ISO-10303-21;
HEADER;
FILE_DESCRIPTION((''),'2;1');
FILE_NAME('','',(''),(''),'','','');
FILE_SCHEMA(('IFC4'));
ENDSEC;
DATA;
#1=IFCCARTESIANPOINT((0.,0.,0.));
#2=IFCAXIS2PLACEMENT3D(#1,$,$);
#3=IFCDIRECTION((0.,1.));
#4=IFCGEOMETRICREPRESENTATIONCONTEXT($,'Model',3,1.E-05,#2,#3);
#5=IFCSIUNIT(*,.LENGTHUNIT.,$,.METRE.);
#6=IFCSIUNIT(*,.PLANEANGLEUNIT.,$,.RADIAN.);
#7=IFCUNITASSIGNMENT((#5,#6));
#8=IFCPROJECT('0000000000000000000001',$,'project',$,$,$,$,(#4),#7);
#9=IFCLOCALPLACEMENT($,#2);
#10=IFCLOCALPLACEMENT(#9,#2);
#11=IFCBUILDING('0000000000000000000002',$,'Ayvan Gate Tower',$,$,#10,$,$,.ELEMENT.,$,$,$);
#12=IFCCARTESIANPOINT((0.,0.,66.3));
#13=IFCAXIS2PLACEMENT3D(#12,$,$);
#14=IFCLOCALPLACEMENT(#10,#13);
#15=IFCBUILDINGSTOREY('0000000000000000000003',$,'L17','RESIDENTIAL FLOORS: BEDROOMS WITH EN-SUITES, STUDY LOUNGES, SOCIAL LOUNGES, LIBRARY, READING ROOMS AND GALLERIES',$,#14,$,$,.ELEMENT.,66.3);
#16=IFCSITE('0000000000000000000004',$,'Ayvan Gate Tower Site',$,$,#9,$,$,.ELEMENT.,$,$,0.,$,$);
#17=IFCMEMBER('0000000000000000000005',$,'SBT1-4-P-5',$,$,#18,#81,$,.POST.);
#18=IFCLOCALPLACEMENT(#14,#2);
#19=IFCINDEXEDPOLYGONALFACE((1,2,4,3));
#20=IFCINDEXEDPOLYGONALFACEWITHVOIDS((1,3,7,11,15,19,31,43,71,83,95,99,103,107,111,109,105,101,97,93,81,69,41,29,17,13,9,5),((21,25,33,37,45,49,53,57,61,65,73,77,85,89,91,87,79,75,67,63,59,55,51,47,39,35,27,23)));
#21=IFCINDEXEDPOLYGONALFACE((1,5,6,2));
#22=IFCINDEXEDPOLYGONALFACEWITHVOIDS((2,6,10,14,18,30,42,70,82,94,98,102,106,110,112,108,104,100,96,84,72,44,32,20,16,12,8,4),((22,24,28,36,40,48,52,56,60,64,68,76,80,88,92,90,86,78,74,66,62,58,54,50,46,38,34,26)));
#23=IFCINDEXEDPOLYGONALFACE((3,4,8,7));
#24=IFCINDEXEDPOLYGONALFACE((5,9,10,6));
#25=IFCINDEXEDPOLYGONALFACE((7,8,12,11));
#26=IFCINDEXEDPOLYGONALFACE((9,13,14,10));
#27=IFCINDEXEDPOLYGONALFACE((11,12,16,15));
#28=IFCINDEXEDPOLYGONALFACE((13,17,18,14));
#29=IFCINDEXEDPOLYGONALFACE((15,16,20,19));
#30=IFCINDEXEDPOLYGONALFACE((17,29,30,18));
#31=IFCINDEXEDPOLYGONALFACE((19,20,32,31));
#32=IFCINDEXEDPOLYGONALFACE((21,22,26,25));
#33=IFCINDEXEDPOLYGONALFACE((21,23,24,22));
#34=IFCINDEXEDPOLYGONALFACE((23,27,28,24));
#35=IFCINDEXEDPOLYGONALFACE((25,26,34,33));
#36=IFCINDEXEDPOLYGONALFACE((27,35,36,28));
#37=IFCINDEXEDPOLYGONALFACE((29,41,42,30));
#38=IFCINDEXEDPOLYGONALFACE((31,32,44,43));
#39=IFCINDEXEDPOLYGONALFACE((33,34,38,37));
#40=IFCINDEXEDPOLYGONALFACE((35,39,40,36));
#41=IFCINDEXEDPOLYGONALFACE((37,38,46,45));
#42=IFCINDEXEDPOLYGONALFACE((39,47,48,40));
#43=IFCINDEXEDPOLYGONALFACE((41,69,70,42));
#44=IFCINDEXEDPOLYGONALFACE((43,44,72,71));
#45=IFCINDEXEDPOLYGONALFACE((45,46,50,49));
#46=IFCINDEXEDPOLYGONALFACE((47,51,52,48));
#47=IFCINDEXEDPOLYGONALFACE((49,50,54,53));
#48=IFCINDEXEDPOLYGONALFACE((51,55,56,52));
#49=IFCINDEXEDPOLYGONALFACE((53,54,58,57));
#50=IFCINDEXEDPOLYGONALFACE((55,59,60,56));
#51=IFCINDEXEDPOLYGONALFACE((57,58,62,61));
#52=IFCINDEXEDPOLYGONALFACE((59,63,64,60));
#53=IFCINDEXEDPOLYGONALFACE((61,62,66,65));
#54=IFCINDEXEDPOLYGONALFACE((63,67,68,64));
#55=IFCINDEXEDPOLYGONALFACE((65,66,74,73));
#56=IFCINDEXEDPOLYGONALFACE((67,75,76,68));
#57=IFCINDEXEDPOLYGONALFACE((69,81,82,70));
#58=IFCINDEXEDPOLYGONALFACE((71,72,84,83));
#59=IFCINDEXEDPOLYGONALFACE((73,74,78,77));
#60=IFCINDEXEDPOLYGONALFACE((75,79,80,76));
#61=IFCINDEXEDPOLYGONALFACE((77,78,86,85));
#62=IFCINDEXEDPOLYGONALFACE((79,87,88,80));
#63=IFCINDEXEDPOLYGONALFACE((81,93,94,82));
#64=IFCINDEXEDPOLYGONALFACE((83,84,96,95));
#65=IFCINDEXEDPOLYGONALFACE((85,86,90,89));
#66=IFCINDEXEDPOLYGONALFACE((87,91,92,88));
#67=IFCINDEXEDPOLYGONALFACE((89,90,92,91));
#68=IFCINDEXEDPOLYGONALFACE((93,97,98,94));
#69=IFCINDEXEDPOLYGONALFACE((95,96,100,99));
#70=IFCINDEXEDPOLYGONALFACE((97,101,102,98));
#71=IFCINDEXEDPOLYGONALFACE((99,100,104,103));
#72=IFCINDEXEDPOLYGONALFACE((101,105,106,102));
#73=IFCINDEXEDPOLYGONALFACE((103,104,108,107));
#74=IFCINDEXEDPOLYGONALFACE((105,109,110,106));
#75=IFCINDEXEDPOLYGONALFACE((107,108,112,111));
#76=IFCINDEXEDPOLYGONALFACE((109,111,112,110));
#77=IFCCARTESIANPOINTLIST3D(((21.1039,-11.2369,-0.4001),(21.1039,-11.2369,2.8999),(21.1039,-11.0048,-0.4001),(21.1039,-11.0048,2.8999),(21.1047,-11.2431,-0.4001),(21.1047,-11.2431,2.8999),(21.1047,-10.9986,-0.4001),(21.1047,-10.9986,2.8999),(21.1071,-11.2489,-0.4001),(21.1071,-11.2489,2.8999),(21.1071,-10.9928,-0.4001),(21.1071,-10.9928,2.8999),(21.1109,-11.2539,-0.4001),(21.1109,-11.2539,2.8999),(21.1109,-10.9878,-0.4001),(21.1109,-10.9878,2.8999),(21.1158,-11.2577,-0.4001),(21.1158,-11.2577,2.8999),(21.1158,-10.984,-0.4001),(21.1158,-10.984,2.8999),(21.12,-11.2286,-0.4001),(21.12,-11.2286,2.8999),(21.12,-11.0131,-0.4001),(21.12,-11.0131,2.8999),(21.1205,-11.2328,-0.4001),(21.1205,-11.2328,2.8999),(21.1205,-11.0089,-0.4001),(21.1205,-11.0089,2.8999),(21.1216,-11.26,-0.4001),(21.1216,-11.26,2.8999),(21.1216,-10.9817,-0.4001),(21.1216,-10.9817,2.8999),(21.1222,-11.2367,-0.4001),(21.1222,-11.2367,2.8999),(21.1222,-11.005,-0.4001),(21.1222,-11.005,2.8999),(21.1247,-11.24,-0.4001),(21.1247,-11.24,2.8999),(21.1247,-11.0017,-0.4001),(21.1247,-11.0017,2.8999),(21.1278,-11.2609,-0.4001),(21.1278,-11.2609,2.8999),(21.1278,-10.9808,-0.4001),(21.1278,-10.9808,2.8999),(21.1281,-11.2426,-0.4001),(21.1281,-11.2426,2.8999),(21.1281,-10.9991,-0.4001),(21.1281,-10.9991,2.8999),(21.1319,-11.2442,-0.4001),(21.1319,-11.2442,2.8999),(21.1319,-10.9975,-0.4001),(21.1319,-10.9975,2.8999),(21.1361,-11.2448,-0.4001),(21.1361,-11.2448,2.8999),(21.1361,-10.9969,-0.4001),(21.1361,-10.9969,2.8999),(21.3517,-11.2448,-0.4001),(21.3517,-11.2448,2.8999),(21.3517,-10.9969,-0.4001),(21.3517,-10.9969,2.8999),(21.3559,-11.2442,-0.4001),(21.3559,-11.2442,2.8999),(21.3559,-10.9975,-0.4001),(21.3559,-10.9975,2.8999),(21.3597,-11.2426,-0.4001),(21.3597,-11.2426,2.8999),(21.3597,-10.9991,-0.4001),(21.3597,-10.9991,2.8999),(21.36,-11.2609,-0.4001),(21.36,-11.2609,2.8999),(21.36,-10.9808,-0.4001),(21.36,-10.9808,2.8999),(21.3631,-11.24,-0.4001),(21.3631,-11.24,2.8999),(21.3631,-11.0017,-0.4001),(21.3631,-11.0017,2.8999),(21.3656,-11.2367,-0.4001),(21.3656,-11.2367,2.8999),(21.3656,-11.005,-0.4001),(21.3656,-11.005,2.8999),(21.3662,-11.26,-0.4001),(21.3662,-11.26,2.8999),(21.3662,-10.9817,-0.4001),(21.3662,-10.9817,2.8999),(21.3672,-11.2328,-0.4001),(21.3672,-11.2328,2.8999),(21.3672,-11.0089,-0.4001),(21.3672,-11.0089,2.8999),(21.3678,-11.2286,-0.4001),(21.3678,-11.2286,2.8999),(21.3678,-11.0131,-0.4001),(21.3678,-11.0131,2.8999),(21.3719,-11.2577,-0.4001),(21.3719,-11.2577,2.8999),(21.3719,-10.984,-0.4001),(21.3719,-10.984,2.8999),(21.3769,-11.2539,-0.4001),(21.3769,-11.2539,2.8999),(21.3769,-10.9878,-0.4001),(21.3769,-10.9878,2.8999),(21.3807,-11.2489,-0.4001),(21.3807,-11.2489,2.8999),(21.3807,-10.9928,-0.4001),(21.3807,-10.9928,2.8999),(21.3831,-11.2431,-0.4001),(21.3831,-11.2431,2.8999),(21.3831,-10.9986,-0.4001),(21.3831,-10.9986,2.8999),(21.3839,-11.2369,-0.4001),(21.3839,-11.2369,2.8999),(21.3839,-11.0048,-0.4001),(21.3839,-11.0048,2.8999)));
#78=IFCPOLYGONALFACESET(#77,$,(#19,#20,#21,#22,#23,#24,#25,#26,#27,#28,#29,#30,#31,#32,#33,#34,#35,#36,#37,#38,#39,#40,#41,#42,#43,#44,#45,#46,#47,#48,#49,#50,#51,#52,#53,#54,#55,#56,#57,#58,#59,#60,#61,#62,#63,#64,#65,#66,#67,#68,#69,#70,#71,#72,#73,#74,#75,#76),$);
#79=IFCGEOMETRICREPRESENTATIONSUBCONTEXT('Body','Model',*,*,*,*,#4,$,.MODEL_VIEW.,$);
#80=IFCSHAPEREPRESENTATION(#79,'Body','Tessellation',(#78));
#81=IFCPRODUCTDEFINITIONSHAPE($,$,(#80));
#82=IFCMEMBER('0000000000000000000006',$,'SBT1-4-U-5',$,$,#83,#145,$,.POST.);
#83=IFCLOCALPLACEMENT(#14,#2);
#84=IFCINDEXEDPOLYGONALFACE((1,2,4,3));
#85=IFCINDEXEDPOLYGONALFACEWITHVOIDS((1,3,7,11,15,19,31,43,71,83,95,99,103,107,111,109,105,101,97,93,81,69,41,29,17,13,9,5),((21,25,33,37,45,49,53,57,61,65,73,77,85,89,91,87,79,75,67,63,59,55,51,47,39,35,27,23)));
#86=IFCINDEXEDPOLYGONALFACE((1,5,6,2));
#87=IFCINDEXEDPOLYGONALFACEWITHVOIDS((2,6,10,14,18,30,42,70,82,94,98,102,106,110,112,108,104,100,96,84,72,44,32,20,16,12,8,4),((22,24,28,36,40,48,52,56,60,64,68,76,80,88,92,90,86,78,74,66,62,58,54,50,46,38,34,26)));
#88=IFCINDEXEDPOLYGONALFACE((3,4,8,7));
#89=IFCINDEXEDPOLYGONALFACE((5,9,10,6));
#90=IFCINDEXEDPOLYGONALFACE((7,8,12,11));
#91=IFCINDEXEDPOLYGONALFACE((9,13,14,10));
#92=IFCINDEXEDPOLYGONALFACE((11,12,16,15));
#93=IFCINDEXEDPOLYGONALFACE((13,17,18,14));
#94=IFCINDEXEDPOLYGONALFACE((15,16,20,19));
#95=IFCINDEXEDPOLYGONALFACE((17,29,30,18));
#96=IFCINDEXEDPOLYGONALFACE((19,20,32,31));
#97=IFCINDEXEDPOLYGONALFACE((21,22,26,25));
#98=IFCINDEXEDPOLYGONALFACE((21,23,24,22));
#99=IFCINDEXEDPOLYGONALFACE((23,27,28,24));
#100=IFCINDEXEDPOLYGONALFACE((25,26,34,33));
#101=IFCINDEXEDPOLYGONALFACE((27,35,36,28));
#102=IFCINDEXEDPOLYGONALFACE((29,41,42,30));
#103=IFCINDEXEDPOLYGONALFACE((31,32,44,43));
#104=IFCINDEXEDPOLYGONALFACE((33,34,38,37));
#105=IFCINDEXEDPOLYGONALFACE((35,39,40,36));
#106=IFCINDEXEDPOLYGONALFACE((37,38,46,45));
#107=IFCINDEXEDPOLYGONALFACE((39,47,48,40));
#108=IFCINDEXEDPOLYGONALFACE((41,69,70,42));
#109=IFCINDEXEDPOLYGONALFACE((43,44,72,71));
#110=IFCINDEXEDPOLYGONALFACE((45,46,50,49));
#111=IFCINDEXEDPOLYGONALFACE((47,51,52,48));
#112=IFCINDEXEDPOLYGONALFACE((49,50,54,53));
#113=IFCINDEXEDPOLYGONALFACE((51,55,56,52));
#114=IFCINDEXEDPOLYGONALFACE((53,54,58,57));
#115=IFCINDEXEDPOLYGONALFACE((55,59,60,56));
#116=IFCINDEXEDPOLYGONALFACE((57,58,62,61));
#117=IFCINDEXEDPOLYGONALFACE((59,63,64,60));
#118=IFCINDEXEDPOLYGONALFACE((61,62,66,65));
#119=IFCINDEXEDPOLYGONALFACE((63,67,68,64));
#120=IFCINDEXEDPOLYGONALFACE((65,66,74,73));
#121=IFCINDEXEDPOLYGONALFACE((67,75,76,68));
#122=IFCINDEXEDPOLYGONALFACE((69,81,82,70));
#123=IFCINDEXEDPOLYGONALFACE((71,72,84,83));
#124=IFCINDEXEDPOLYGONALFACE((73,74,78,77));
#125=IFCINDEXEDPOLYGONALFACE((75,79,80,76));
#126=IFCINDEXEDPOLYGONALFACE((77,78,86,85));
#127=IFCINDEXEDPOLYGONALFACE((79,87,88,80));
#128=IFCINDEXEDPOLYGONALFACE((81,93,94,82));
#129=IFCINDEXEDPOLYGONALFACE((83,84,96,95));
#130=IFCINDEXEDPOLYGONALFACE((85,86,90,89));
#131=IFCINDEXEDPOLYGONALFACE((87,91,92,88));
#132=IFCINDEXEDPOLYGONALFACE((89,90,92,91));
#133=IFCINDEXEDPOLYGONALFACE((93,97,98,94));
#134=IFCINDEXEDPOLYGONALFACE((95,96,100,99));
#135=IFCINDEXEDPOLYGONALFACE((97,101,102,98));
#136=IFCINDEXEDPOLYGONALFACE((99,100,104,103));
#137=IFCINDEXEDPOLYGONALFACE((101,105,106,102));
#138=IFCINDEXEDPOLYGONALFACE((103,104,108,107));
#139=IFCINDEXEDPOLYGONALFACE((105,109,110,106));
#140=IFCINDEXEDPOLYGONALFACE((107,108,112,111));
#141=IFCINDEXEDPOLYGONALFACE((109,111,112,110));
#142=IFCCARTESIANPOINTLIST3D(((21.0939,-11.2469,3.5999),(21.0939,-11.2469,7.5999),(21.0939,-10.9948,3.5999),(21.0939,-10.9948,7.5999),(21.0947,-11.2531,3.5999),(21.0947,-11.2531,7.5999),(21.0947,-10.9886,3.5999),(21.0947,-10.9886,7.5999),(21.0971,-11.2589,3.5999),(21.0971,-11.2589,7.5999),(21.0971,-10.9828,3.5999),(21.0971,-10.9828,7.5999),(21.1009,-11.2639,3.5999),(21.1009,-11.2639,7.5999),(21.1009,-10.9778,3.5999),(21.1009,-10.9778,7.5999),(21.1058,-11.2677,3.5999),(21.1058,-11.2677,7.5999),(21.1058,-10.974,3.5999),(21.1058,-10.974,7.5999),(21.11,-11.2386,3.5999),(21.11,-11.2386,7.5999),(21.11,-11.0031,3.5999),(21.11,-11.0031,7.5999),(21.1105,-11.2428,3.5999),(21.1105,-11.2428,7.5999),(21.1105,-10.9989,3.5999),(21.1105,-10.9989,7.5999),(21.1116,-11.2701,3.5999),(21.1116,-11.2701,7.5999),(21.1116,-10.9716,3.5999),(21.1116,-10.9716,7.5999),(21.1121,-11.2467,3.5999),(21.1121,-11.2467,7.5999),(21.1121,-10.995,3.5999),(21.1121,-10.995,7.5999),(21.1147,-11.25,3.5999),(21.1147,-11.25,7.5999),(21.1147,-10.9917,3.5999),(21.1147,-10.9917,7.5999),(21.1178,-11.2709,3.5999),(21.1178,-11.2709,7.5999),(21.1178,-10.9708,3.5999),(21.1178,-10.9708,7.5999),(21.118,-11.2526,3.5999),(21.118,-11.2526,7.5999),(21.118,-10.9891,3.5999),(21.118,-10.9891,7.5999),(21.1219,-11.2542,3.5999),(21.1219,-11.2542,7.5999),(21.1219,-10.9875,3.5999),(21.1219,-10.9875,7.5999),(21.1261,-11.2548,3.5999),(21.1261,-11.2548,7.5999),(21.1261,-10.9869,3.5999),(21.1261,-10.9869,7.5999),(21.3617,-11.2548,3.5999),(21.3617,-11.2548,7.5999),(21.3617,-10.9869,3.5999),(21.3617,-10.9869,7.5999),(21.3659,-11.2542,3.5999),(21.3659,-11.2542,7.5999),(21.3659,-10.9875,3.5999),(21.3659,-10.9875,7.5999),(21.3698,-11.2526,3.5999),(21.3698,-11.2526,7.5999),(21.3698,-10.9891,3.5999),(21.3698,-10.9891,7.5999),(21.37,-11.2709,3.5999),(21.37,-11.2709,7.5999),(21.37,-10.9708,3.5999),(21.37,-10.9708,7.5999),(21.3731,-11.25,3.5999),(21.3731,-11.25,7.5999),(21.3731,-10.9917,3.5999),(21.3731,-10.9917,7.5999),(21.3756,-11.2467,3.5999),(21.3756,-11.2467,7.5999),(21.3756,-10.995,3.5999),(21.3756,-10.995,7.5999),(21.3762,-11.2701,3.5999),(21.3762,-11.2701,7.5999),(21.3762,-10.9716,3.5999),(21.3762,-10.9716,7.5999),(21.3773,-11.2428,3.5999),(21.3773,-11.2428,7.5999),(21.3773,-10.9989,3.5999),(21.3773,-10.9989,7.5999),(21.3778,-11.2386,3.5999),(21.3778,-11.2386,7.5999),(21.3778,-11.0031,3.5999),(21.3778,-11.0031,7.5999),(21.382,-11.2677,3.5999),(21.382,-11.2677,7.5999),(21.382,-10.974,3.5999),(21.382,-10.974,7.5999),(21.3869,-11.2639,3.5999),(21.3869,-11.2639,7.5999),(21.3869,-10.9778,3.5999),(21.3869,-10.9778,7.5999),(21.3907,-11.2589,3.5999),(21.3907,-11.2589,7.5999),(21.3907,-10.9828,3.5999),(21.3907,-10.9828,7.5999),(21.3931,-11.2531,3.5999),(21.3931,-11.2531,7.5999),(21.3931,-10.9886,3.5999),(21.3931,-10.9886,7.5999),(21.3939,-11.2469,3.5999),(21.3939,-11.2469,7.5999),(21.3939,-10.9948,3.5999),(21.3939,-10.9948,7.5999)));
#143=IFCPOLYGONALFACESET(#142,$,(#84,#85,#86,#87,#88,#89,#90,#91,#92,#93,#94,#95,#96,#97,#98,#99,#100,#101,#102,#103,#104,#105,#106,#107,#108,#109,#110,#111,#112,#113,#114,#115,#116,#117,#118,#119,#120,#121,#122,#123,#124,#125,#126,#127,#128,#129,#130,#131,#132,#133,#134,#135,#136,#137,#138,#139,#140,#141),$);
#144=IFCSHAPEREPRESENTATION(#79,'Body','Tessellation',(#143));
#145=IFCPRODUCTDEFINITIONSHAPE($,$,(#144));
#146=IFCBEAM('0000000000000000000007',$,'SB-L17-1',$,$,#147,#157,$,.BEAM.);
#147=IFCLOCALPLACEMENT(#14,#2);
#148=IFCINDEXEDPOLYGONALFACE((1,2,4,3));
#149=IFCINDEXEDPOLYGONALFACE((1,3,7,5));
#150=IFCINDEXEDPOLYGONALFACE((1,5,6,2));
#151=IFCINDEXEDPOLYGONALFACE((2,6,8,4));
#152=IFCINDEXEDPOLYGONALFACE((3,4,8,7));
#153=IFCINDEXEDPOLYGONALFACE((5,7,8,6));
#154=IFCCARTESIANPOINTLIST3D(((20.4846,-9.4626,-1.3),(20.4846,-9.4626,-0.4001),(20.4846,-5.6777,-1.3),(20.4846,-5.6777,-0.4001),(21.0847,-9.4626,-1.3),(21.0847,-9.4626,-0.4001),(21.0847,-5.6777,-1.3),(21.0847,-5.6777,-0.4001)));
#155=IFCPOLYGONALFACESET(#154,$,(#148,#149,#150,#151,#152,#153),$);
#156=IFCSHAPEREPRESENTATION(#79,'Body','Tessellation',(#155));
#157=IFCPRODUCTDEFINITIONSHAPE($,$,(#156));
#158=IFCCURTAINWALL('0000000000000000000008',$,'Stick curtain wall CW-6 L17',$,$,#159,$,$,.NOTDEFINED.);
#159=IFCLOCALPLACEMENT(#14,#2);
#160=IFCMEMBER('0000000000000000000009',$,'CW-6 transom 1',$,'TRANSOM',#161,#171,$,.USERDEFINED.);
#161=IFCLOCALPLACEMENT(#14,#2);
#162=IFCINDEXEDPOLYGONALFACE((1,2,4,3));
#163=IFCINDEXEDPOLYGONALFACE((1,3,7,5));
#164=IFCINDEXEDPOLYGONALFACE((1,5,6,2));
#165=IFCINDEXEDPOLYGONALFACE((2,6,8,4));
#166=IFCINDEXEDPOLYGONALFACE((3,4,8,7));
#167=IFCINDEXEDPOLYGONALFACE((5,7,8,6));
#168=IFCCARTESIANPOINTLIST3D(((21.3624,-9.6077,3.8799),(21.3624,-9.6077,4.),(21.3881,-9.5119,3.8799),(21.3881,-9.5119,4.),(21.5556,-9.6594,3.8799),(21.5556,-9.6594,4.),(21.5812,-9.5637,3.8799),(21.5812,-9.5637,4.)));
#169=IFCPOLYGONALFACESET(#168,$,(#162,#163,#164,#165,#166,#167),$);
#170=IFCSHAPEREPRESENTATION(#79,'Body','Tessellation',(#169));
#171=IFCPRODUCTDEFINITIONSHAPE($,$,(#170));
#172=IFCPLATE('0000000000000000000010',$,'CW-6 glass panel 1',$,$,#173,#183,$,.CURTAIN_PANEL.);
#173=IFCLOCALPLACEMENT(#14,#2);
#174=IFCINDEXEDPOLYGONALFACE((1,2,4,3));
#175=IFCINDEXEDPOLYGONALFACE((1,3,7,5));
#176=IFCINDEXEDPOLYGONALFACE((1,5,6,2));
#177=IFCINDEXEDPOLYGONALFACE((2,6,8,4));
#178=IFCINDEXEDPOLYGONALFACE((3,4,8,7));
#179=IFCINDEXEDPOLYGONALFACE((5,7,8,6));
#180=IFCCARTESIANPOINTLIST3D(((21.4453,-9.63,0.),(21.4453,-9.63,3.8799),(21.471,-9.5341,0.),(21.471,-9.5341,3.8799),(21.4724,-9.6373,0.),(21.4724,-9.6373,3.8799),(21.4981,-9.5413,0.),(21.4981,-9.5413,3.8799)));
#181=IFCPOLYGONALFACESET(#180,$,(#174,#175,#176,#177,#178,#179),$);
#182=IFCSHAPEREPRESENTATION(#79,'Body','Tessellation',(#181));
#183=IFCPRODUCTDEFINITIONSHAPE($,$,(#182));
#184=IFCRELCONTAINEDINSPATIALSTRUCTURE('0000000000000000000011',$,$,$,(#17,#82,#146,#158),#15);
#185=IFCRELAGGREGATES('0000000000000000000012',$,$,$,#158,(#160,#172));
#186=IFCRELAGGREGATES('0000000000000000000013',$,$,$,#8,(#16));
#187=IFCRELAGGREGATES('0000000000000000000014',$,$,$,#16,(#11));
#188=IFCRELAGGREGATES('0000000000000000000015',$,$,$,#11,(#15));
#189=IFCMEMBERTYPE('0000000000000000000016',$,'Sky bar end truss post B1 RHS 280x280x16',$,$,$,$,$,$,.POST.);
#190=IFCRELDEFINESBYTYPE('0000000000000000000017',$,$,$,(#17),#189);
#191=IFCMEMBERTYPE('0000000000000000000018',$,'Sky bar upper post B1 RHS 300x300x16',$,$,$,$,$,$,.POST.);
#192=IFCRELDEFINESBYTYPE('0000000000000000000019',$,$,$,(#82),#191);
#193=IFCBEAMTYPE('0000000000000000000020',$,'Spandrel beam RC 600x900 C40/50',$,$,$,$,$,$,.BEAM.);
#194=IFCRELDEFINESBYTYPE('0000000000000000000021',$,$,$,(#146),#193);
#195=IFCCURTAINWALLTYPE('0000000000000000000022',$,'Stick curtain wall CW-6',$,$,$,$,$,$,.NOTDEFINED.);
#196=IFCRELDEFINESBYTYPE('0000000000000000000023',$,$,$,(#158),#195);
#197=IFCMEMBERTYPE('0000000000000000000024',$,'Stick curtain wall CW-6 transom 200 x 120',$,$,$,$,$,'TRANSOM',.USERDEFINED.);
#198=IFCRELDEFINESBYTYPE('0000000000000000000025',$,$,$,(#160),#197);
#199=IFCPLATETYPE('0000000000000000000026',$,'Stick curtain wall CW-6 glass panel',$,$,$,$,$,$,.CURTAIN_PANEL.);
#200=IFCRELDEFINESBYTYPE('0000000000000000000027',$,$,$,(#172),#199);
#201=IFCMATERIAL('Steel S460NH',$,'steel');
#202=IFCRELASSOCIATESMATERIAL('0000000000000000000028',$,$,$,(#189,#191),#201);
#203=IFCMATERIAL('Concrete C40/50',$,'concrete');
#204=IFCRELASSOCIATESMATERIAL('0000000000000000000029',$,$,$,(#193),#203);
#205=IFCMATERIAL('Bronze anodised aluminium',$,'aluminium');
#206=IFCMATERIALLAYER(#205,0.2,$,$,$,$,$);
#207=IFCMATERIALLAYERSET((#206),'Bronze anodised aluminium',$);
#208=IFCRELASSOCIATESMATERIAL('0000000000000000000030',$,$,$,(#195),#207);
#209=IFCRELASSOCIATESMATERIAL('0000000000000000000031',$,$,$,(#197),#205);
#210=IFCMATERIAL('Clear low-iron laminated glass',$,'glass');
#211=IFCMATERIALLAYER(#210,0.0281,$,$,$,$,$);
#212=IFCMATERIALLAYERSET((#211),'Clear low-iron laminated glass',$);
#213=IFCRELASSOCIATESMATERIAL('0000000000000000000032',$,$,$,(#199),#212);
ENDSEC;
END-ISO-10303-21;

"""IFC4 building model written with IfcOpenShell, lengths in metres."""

from ifc_helpers import new_model, si_unit, direction, frame, origin, origin_2d, place, context, subcontext, project, spatial, rectangle, hollow_rectangle, extrude, material, layer, layer_set, material_profile, profile_set, type_object, element, aggregate, save


model = new_model("IFC4")

# Units and contexts
model_context = context("Model", 3, precision=1e-05, world=origin(), true_north=direction((0.0, 1.0)))
body_context = subcontext(model_context, "Body", "Model", "MODEL_VIEW")
ifc_project = project(units=[si_unit("LENGTHUNIT", "METRE"), si_unit("PLANEANGLEUNIT", "RADIAN")], contexts=[model_context])

# Site, building, storey
site_placement = place(None, origin())
site = spatial("IfcSite", under=ifc_project, at=site_placement, Name="Ayvan Gate Tower Site", CompositionType="ELEMENT", RefElevation=0.0)
building_placement = place(site_placement, origin())
building = spatial("IfcBuilding", under=site, at=building_placement, Name="Ayvan Gate Tower", CompositionType="ELEMENT")
storey_placement = place(building_placement, frame((0.0, 0.0, 66.3)))
storey = spatial("IfcBuildingStorey", under=building, at=storey_placement, Name="L17", Description="RESIDENTIAL FLOORS: BEDROOMS WITH EN-SUITES, STUDY LOUNGES, SOCIAL LOUNGES, LIBRARY, READING ROOMS AND GALLERIES", CompositionType="ELEMENT", Elevation=66.3)

# Shared definitions
ifc_material_1 = material(Name="Concrete C40/50", Category="concrete")

# Members
ifc_material_2 = material(Name="Steel S460NH", Category="steel")
ifc_material_profile_1 = material_profile(ifc_material_2, hollow_rectangle(XDim=0.28, YDim=0.28, WallThickness=0.0161, InnerFilletRadius=0.0161, OuterFilletRadius=0.0239, at=origin_2d()), Name="RHS 280x280x16")
ifc_profile_set_1 = profile_set([ifc_material_profile_1], Name="Steel S460NH")
member_type_1 = type_object("IfcMemberType", Name="Sky bar end truss post B1 RHS 280x280x16", PredefinedType="POST", material=ifc_profile_set_1)
member_1_placement = place(storey_placement, frame((21.2439, -11.1208, -0.4001), z_axis=(0.0, 0.0, 1.0), x_axis=(1.0, 0.0, 0.0)))
element("IfcMember", 1, at=member_1_placement, inside=storey, type_object=member_type_1, Name="SBT1-4-P-5", PredefinedType="POST", context=body_context, shape_type="SweptSolid", body=[
    extrude(hollow_rectangle(XDim=0.28, YDim=0.28, WallThickness=0.0161, InnerFilletRadius=0.0161, OuterFilletRadius=0.0239, at=origin_2d()), origin(), (0.0, 0.0, 1.0), 3.3),
])
ifc_material_profile_2 = material_profile(ifc_material_2, hollow_rectangle(XDim=0.3, YDim=0.3, WallThickness=0.0161, InnerFilletRadius=0.0161, OuterFilletRadius=0.0239, at=origin_2d()), Name="RHS 300x300x16")
ifc_profile_set_2 = profile_set([ifc_material_profile_2], Name="Steel S460NH")
member_type_2 = type_object("IfcMemberType", Name="Sky bar upper post B1 RHS 300x300x16", PredefinedType="POST", material=ifc_profile_set_2)
member_2_placement = place(storey_placement, frame((21.2439, -11.1208, 3.5999), z_axis=(0.0, 0.0, 1.0), x_axis=(1.0, 0.0, 0.0)))
element("IfcMember", 2, at=member_2_placement, inside=storey, type_object=member_type_2, Name="SBT1-4-U-5", PredefinedType="POST", context=body_context, shape_type="SweptSolid", body=[
    extrude(hollow_rectangle(XDim=0.3, YDim=0.3, WallThickness=0.0161, InnerFilletRadius=0.0161, OuterFilletRadius=0.0239, at=origin_2d()), origin(), (0.0, 0.0, 1.0), 4.0),
])

# Beam
ifc_material_profile_3 = material_profile(ifc_material_1, rectangle(XDim=0.6001, YDim=0.8999, at=origin_2d()), Name="RC 600x900")
ifc_profile_set_3 = profile_set([ifc_material_profile_3], Name="Concrete C40/50")
beam_type_1 = type_object("IfcBeamType", Name="Spandrel beam RC 600x900 C40/50", PredefinedType="BEAM", material=ifc_profile_set_3)
beam_1_placement = place(storey_placement, frame((20.7847, -9.4626, -0.8501), z_axis=(0.0, 1.0, 0.0), x_axis=(-1.0, 0.0, 0.0)))
element("IfcBeam", 3, at=beam_1_placement, inside=storey, type_object=beam_type_1, Name="SB-L17-1", PredefinedType="BEAM", context=body_context, shape_type="SweptSolid", body=[
    extrude(rectangle(XDim=0.6001, YDim=0.8999, at=origin_2d()), origin(), (0.0, 0.0, 1.0), 3.7849),
])

# Curtain wall, member, plate
ifc_material_3 = material(Name="Bronze anodised aluminium", Category="aluminium")
ifc_layer_1 = layer(ifc_material_3, 0.2)
ifc_layer_set_1 = layer_set([ifc_layer_1], Name="Bronze anodised aluminium")
curtain_wall_type = type_object("IfcCurtainWallType", Name="Stick curtain wall CW-6", PredefinedType="NOTDEFINED", material=ifc_layer_set_1)
curtain_wall_placement = place(storey_placement, origin())
curtain_wall = element("IfcCurtainWall", 4, at=curtain_wall_placement, inside=storey, type_object=curtain_wall_type, Name="Stick curtain wall CW-6 L17", PredefinedType="NOTDEFINED")
ifc_material_profile_4 = material_profile(ifc_material_3, rectangle(XDim=0.2, YDim=0.1201, at=origin_2d()), Name="Stick curtain wall CW-6 transom 200 x 120")
ifc_profile_set_4 = profile_set([ifc_material_profile_4], Name="Bronze anodised aluminium")
member_type_3 = type_object("IfcMemberType", Name="Stick curtain wall CW-6 transom 200 x 120", ElementType="TRANSOM", PredefinedType="USERDEFINED", material=ifc_profile_set_4)
member_3_placement = place(storey_placement, frame((21.459, -9.6335, 3.9399), z_axis=(0.258736, 0.965948, 0.0), x_axis=(-0.965948, 0.258736, 0.0)))
member_3 = element("IfcMember", 5, at=member_3_placement, type_object=member_type_3, Name="CW-6 transom 1", ObjectType="TRANSOM", PredefinedType="USERDEFINED", context=body_context, shape_type="SweptSolid", body=[
    extrude(rectangle(XDim=0.2, YDim=0.1201, at=origin_2d()), origin(), (0.0, 0.0, 1.0), 0.0991),
])
ifc_material_4 = material(Name="Clear low-iron laminated glass", Category="glass")
ifc_layer_2 = layer(ifc_material_4, 0.0281)
ifc_layer_set_2 = layer_set([ifc_layer_2], Name="Clear low-iron laminated glass")
plate_type = type_object("IfcPlateType", Name="Stick curtain wall CW-6 glass panel", PredefinedType="CURTAIN_PANEL", material=ifc_layer_set_2)
plate_placement = place(storey_placement, frame((21.4717, -9.5857, 0.0), z_axis=(0.0, 0.0, 1.0), x_axis=(0.258819, 0.965926, 0.0)))
plate = element("IfcPlate", 6, at=plate_placement, type_object=plate_type, Name="CW-6 glass panel 1", PredefinedType="CURTAIN_PANEL", context=body_context, shape_type="SweptSolid", body=[
    extrude(rectangle(XDim=0.0994, YDim=0.0281, at=origin_2d()), origin(), (0.0, 0.0, 1.0), 3.8799),
])
aggregate(curtain_wall, [member_3, plate])

save(model, "model.ifc")
